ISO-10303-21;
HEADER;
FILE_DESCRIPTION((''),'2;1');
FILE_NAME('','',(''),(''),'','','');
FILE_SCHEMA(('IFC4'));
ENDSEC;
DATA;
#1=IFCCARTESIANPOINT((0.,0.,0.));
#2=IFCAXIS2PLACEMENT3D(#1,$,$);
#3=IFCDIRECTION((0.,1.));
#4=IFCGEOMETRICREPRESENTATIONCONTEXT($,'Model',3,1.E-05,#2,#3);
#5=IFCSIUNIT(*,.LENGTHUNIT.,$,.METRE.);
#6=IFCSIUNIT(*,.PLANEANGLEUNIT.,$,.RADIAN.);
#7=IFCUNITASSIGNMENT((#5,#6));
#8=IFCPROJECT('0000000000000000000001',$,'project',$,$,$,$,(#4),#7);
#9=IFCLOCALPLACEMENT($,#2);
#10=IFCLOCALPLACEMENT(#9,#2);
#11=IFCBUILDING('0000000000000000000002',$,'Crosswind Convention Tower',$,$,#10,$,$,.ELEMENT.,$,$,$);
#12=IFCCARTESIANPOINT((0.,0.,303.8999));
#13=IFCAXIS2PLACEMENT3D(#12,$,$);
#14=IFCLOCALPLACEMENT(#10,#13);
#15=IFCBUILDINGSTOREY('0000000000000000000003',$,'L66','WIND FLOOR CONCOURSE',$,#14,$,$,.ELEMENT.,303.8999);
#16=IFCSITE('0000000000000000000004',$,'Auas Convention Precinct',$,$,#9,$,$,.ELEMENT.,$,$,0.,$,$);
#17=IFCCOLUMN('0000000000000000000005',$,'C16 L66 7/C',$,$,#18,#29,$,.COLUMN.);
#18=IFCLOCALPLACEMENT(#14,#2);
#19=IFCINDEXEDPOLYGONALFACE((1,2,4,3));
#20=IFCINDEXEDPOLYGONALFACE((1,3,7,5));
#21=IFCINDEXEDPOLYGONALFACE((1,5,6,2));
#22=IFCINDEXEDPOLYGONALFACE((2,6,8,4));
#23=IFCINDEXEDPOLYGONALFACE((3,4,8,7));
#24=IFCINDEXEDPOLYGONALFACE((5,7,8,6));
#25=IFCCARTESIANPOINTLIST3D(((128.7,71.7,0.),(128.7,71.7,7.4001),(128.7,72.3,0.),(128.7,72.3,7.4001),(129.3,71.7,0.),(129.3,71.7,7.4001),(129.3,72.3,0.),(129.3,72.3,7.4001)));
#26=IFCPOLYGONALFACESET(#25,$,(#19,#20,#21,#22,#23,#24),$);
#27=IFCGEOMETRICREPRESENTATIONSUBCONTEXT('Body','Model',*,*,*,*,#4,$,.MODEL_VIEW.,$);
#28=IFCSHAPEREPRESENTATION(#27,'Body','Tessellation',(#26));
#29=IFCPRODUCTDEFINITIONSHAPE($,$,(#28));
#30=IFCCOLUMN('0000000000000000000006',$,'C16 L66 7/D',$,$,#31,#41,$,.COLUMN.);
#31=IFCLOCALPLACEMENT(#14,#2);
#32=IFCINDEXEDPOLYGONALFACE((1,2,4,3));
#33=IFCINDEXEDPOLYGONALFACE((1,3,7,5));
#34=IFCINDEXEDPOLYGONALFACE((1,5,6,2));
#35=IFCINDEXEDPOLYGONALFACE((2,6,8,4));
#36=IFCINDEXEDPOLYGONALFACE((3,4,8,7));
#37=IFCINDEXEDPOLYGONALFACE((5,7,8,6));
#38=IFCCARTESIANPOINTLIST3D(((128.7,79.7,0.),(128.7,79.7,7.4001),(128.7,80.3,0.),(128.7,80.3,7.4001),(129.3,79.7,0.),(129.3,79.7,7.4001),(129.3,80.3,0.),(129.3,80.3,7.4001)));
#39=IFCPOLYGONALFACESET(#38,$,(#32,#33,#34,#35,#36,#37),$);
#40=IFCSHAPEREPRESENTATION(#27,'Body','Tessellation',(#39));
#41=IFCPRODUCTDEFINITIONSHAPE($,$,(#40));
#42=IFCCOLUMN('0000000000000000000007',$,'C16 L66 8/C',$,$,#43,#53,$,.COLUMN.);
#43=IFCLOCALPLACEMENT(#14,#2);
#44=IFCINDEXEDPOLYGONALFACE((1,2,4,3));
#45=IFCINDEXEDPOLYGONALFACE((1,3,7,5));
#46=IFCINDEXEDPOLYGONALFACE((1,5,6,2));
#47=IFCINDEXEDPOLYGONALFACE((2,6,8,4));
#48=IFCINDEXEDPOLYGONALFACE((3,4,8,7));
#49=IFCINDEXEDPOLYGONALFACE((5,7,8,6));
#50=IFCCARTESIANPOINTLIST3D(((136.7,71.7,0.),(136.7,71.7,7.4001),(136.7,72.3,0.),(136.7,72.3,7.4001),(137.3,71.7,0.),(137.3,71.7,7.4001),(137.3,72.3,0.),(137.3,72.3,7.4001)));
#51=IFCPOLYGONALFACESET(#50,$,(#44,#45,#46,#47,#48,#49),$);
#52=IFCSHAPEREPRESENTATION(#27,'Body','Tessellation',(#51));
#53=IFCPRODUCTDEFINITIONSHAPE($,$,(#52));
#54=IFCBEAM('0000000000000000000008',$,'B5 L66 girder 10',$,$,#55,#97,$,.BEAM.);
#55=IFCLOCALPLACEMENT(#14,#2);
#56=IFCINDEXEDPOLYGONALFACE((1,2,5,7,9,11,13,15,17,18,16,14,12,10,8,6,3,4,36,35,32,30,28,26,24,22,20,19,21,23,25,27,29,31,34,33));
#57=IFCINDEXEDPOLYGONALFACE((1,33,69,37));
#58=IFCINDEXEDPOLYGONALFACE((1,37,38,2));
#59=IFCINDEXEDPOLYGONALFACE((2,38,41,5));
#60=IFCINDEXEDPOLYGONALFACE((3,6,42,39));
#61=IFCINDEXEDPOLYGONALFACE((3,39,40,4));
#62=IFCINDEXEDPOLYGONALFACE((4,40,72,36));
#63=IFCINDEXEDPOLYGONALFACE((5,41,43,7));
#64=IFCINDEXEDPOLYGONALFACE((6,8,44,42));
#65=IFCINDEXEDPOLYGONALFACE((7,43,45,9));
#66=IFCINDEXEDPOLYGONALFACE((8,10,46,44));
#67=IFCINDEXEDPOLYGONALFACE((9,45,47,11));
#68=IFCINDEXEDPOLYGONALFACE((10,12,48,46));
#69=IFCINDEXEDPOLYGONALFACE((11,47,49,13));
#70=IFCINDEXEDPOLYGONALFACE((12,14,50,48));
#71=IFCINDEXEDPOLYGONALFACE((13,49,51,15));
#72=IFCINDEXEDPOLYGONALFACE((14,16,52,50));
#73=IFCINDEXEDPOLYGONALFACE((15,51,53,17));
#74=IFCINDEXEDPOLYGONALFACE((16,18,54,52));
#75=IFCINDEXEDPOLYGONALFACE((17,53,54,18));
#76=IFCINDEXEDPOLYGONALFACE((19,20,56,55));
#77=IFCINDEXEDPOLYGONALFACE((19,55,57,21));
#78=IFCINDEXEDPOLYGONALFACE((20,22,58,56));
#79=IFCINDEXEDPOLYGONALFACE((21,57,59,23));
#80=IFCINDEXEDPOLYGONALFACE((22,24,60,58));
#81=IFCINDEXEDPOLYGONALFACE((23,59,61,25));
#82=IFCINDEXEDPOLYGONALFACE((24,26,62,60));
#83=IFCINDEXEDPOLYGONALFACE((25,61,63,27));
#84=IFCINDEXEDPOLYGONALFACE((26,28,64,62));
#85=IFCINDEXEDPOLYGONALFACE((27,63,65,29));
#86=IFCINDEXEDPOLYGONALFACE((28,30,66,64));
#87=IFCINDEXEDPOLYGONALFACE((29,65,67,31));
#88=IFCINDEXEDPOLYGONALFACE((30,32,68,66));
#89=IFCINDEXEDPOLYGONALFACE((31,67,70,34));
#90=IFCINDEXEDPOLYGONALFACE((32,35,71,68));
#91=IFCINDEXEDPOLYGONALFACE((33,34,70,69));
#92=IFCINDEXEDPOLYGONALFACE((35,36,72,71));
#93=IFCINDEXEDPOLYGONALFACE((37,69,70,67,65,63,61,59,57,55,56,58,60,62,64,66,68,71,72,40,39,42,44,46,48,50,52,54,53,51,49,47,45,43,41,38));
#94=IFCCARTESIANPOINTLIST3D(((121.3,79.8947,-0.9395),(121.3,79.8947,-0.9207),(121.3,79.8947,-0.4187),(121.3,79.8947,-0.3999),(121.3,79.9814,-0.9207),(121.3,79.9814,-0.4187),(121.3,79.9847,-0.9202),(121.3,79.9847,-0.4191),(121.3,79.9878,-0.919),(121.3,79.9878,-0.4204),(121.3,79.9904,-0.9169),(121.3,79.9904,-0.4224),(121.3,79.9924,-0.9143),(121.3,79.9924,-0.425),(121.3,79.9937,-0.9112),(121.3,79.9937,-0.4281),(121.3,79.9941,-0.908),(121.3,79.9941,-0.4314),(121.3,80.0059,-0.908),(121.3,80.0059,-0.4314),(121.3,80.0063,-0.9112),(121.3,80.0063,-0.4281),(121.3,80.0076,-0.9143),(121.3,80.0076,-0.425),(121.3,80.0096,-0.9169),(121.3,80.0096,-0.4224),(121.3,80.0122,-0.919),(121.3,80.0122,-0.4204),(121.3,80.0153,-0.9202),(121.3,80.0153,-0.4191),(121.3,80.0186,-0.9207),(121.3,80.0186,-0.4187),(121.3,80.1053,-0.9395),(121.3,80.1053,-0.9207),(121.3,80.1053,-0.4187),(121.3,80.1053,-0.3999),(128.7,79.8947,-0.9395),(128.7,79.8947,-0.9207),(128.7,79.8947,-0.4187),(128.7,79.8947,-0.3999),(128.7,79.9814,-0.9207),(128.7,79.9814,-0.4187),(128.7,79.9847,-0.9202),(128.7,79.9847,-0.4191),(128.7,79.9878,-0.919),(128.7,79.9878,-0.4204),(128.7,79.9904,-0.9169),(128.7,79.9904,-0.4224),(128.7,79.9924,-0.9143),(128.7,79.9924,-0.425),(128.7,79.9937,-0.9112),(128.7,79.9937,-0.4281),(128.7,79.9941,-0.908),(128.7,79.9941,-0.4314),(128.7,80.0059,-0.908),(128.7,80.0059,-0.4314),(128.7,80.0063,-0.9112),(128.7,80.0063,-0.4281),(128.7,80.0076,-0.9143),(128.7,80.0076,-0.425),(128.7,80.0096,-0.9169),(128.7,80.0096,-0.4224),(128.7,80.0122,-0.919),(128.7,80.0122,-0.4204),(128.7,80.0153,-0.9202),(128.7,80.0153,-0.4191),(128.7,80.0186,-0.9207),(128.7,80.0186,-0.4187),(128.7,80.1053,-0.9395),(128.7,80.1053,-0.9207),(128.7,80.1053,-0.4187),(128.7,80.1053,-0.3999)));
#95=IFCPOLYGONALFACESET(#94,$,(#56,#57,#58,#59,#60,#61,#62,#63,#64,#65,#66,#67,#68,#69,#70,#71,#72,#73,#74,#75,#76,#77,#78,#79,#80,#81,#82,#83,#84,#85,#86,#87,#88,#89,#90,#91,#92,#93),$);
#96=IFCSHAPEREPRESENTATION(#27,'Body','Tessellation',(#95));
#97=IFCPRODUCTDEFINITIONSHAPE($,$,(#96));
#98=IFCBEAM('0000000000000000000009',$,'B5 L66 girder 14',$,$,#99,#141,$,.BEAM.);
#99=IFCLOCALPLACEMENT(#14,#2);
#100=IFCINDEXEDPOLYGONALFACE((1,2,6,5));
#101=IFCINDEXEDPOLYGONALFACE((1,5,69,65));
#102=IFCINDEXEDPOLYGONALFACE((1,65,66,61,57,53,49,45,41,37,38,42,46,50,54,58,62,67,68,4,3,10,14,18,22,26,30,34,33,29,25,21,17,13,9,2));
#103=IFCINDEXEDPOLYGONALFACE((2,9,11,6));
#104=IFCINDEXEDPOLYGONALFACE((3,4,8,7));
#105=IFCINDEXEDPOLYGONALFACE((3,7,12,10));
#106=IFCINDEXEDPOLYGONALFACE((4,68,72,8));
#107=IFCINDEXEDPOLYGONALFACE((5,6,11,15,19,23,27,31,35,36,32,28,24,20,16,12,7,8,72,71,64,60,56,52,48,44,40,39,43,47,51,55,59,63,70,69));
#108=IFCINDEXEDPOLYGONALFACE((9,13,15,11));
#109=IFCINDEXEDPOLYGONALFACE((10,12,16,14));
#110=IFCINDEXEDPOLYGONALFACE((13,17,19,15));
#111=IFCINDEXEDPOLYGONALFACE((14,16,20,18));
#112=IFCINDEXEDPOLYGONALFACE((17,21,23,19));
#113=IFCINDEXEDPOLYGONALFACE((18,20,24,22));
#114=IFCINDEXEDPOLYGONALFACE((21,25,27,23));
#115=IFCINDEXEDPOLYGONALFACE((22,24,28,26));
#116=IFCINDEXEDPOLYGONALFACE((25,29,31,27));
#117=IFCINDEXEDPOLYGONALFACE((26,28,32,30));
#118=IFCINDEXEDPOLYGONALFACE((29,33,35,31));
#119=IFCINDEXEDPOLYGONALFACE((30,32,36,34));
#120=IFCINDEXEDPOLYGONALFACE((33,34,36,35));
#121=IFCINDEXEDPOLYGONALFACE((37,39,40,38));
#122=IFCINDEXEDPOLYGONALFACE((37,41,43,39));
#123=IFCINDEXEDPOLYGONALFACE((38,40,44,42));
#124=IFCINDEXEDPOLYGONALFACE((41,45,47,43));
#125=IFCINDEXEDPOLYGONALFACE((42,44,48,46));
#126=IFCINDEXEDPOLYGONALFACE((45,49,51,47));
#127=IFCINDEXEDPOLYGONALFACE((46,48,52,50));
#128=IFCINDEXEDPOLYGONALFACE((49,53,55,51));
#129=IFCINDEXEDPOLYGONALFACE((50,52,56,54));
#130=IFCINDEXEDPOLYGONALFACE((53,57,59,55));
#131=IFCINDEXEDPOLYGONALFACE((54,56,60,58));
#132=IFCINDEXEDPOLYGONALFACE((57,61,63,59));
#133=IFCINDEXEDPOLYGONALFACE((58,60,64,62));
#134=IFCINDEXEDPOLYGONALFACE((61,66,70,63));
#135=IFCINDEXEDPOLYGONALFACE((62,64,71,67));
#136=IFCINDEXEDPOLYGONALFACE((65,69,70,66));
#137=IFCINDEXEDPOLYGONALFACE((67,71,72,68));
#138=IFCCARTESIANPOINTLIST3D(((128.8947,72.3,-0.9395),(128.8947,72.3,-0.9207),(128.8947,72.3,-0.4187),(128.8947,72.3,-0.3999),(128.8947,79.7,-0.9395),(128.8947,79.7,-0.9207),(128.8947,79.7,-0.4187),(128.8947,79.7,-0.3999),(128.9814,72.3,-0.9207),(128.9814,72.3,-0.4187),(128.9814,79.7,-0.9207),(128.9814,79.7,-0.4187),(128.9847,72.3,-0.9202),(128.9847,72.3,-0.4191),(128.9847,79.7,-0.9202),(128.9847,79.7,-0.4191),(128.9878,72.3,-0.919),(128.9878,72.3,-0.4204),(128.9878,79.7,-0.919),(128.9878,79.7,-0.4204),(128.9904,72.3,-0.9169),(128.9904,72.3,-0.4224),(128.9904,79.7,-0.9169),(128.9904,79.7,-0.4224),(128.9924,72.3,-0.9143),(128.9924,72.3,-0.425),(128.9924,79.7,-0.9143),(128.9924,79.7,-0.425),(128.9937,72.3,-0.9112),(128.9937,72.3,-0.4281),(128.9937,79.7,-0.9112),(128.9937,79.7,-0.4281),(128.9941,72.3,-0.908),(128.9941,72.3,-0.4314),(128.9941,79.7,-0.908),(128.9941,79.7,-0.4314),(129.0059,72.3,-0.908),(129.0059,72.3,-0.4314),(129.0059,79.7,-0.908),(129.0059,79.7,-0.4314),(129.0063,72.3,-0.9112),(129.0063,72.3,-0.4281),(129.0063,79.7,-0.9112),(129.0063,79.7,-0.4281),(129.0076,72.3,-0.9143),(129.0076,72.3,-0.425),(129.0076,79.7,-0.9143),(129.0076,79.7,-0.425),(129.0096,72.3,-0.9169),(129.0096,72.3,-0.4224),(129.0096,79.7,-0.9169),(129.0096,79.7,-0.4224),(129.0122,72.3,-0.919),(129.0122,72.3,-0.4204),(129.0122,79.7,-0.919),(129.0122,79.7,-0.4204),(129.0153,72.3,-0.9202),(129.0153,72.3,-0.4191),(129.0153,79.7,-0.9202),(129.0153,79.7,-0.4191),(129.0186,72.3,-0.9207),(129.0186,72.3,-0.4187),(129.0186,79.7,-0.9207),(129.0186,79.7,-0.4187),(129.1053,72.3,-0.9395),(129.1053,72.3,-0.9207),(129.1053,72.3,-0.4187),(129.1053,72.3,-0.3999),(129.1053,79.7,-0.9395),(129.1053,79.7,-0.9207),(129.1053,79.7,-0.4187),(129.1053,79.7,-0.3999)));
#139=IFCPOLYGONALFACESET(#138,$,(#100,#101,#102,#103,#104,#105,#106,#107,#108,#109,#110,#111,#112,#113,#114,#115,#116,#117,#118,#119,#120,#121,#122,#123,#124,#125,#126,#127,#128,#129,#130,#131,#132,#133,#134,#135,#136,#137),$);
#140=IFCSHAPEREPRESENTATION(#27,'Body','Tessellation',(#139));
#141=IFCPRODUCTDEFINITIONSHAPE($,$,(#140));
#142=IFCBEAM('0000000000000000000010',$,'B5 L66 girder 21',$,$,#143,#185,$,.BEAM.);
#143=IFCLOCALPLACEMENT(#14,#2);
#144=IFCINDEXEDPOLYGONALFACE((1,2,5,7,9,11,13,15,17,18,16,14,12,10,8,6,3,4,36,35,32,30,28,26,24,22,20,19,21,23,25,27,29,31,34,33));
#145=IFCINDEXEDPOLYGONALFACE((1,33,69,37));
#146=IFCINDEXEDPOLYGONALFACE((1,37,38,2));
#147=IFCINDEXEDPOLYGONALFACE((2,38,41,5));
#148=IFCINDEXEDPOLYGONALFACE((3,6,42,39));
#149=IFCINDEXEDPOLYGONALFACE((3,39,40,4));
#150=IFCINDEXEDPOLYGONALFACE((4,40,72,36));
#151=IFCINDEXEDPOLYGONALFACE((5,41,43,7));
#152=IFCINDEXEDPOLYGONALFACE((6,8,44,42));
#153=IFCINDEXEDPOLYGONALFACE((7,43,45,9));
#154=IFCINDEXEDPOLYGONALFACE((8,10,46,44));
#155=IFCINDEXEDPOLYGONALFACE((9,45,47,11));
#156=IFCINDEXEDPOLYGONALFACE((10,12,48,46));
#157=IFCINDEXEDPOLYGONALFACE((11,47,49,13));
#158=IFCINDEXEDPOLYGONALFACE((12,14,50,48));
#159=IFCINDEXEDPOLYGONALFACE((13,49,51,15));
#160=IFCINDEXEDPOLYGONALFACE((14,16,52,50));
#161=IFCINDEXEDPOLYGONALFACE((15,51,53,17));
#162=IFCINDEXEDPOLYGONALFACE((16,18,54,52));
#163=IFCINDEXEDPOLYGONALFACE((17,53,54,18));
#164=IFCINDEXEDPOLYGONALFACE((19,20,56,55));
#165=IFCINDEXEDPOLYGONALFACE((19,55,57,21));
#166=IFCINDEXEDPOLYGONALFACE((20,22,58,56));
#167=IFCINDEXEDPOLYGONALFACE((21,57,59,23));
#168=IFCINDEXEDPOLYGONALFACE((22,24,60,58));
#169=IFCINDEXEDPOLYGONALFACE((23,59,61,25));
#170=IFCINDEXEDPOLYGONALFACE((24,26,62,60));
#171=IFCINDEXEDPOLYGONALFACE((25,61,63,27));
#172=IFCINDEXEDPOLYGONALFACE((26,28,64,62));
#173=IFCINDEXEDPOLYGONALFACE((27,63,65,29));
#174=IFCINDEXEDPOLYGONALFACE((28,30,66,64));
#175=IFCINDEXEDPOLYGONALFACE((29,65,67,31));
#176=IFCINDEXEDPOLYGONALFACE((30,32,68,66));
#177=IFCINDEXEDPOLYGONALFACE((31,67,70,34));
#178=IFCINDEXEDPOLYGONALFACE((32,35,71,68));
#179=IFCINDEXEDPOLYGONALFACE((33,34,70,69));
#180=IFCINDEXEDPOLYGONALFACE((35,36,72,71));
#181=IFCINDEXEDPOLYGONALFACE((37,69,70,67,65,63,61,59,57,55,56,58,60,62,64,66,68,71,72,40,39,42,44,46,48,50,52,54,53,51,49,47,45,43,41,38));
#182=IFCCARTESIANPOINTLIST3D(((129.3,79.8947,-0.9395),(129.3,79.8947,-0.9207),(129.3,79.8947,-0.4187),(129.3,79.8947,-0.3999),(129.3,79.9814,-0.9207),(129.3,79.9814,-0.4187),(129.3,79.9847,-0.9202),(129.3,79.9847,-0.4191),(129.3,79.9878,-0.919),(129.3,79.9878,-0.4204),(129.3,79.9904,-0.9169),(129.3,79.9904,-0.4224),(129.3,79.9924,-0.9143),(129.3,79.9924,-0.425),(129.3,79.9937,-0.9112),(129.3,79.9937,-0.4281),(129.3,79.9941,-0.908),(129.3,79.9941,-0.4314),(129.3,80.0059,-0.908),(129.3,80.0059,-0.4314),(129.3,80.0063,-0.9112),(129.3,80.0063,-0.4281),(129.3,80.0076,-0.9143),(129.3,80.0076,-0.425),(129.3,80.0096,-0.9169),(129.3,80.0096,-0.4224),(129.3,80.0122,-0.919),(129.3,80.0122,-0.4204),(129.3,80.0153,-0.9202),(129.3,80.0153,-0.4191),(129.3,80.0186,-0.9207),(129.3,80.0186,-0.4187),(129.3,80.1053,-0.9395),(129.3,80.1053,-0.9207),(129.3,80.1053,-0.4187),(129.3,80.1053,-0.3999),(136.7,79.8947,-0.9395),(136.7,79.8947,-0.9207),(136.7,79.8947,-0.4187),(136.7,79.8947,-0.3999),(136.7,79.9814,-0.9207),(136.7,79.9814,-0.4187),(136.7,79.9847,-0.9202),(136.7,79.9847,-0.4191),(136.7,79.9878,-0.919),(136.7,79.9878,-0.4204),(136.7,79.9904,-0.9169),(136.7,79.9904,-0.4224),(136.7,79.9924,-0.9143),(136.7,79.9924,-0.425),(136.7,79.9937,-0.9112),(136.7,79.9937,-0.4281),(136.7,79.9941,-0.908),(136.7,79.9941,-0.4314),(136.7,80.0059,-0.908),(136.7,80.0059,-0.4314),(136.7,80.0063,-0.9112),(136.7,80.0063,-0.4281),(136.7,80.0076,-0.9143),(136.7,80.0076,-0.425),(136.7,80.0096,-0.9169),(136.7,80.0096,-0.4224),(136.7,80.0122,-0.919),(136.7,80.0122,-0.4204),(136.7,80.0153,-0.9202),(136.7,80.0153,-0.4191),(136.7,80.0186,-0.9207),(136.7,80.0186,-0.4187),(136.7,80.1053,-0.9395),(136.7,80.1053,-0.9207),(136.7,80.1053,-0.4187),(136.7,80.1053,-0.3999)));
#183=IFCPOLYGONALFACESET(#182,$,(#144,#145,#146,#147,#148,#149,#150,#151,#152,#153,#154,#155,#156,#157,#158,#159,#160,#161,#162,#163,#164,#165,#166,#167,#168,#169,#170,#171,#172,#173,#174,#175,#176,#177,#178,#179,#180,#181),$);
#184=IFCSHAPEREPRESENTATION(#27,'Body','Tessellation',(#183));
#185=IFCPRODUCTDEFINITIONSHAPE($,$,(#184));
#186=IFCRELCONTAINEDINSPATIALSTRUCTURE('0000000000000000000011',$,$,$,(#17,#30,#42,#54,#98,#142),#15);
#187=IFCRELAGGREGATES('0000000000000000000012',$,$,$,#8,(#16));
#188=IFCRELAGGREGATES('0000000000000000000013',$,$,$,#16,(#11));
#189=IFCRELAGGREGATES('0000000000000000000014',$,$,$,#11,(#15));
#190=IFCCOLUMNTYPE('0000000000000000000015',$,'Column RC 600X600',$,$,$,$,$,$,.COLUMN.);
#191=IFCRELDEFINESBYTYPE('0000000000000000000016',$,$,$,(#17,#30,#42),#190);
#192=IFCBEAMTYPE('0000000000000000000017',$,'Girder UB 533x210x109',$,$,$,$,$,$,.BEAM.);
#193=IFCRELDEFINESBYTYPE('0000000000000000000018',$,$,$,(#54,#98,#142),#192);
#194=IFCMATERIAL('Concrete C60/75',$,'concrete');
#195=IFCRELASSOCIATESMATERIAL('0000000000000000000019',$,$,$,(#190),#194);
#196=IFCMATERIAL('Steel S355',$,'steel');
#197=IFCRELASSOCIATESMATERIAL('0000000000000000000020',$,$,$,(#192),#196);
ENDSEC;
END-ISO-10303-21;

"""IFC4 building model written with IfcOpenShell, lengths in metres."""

from ifc_helpers import new_model, si_unit, direction, frame, origin, origin_2d, place, context, subcontext, project, spatial, rectangle, i_section, extrude, material, material_profile, profile_set, type_object, element, save


model = new_model("IFC4")

# Units and contexts
model_context = context("Model", 3, precision=1e-05, world=origin(), true_north=direction((0.0, 1.0)))
body_context = subcontext(model_context, "Body", "Model", "MODEL_VIEW")
ifc_project = project(units=[si_unit("LENGTHUNIT", "METRE"), si_unit("PLANEANGLEUNIT", "RADIAN")], contexts=[model_context])

# Site, building, storey
site_placement = place(None, origin())
site = spatial("IfcSite", under=ifc_project, at=site_placement, Name="Auas Convention Precinct", CompositionType="ELEMENT", RefElevation=0.0)
building_placement = place(site_placement, origin())
building = spatial("IfcBuilding", under=site, at=building_placement, Name="Crosswind Convention Tower", CompositionType="ELEMENT")
storey_placement = place(building_placement, frame((0.0, 0.0, 303.8999)))
storey = spatial("IfcBuildingStorey", under=building, at=storey_placement, Name="L66", Description="WIND FLOOR CONCOURSE", CompositionType="ELEMENT", Elevation=303.8999)

# Columns
ifc_material_1 = material(Name="Concrete C60/75", Category="concrete")
ifc_material_profile_1 = material_profile(ifc_material_1, rectangle(XDim=0.6001, YDim=0.6001, at=origin_2d()), Name="RC 600X600")
ifc_profile_set_1 = profile_set([ifc_material_profile_1], Name="Concrete C60/75")
column_type = type_object("IfcColumnType", Name="Column RC 600X600", PredefinedType="COLUMN", material=ifc_profile_set_1)
for number, where, z_axis, x_axis, name in (
    (1, (129.0, 72.0, 0.0), (0.0, 0.0, 1.0), (1.0, 0.0, 0.0), "C16 L66 7/C"),
    (2, (129.0, 80.0, 0.0), (0.0, 0.0, 1.0), (1.0, 0.0, 0.0), "C16 L66 7/D"),
    (3, (137.0, 72.0, 0.0), (0.0, 0.0, 1.0), (1.0, 0.0, 0.0), "C16 L66 8/C"),
):
    element("IfcColumn", number, at=place(storey_placement, frame(where, z_axis=z_axis, x_axis=x_axis)), inside=storey, type_object=column_type, Name=name, PredefinedType="COLUMN", context=body_context, shape_type="SweptSolid", body=[
        extrude(rectangle(XDim=0.6001, YDim=0.6001, at=origin_2d()), origin(), (0.0, 0.0, 1.0), 7.4001),
    ])

# Beams
ifc_material_2 = material(Name="Steel S355", Category="steel")
ifc_material_profile_2 = material_profile(ifc_material_2, i_section(OverallWidth=0.2107, OverallDepth=0.5396, WebThickness=0.0117, FlangeThickness=0.0188, FilletRadius=0.0127, at=origin_2d()), Name="UB 533x210x109")
ifc_profile_set_2 = profile_set([ifc_material_profile_2], Name="Steel S355")
beam_type_1 = type_object("IfcBeamType", Name="Girder UB 533x210x109", PredefinedType="BEAM", material=ifc_profile_set_2)
for number, where, z_axis, x_axis, name in (
    (4, (121.3, 80.0, -0.6697), (1.0, 0.0, 0.0), (0.0, 1.0, 0.0), "B5 L66 girder 10"),
    (5, (129.0, 72.3, -0.6697), (0.0, 1.0, 0.0), (-1.0, 0.0, 0.0), "B5 L66 girder 14"),
    (6, (129.3, 80.0, -0.6697), (1.0, 0.0, 0.0), (0.0, 1.0, 0.0), "B5 L66 girder 21"),
):
    element("IfcBeam", number, at=place(storey_placement, frame(where, z_axis=z_axis, x_axis=x_axis)), inside=storey, type_object=beam_type_1, Name=name, PredefinedType="BEAM", context=body_context, shape_type="SweptSolid", body=[
        extrude(i_section(OverallWidth=0.2107, OverallDepth=0.5396, WebThickness=0.0117, FlangeThickness=0.0188, FilletRadius=0.0127, at=origin_2d()), origin(), (0.0, 0.0, 1.0), 7.3999),
    ])

save(model, "model.ifc")
